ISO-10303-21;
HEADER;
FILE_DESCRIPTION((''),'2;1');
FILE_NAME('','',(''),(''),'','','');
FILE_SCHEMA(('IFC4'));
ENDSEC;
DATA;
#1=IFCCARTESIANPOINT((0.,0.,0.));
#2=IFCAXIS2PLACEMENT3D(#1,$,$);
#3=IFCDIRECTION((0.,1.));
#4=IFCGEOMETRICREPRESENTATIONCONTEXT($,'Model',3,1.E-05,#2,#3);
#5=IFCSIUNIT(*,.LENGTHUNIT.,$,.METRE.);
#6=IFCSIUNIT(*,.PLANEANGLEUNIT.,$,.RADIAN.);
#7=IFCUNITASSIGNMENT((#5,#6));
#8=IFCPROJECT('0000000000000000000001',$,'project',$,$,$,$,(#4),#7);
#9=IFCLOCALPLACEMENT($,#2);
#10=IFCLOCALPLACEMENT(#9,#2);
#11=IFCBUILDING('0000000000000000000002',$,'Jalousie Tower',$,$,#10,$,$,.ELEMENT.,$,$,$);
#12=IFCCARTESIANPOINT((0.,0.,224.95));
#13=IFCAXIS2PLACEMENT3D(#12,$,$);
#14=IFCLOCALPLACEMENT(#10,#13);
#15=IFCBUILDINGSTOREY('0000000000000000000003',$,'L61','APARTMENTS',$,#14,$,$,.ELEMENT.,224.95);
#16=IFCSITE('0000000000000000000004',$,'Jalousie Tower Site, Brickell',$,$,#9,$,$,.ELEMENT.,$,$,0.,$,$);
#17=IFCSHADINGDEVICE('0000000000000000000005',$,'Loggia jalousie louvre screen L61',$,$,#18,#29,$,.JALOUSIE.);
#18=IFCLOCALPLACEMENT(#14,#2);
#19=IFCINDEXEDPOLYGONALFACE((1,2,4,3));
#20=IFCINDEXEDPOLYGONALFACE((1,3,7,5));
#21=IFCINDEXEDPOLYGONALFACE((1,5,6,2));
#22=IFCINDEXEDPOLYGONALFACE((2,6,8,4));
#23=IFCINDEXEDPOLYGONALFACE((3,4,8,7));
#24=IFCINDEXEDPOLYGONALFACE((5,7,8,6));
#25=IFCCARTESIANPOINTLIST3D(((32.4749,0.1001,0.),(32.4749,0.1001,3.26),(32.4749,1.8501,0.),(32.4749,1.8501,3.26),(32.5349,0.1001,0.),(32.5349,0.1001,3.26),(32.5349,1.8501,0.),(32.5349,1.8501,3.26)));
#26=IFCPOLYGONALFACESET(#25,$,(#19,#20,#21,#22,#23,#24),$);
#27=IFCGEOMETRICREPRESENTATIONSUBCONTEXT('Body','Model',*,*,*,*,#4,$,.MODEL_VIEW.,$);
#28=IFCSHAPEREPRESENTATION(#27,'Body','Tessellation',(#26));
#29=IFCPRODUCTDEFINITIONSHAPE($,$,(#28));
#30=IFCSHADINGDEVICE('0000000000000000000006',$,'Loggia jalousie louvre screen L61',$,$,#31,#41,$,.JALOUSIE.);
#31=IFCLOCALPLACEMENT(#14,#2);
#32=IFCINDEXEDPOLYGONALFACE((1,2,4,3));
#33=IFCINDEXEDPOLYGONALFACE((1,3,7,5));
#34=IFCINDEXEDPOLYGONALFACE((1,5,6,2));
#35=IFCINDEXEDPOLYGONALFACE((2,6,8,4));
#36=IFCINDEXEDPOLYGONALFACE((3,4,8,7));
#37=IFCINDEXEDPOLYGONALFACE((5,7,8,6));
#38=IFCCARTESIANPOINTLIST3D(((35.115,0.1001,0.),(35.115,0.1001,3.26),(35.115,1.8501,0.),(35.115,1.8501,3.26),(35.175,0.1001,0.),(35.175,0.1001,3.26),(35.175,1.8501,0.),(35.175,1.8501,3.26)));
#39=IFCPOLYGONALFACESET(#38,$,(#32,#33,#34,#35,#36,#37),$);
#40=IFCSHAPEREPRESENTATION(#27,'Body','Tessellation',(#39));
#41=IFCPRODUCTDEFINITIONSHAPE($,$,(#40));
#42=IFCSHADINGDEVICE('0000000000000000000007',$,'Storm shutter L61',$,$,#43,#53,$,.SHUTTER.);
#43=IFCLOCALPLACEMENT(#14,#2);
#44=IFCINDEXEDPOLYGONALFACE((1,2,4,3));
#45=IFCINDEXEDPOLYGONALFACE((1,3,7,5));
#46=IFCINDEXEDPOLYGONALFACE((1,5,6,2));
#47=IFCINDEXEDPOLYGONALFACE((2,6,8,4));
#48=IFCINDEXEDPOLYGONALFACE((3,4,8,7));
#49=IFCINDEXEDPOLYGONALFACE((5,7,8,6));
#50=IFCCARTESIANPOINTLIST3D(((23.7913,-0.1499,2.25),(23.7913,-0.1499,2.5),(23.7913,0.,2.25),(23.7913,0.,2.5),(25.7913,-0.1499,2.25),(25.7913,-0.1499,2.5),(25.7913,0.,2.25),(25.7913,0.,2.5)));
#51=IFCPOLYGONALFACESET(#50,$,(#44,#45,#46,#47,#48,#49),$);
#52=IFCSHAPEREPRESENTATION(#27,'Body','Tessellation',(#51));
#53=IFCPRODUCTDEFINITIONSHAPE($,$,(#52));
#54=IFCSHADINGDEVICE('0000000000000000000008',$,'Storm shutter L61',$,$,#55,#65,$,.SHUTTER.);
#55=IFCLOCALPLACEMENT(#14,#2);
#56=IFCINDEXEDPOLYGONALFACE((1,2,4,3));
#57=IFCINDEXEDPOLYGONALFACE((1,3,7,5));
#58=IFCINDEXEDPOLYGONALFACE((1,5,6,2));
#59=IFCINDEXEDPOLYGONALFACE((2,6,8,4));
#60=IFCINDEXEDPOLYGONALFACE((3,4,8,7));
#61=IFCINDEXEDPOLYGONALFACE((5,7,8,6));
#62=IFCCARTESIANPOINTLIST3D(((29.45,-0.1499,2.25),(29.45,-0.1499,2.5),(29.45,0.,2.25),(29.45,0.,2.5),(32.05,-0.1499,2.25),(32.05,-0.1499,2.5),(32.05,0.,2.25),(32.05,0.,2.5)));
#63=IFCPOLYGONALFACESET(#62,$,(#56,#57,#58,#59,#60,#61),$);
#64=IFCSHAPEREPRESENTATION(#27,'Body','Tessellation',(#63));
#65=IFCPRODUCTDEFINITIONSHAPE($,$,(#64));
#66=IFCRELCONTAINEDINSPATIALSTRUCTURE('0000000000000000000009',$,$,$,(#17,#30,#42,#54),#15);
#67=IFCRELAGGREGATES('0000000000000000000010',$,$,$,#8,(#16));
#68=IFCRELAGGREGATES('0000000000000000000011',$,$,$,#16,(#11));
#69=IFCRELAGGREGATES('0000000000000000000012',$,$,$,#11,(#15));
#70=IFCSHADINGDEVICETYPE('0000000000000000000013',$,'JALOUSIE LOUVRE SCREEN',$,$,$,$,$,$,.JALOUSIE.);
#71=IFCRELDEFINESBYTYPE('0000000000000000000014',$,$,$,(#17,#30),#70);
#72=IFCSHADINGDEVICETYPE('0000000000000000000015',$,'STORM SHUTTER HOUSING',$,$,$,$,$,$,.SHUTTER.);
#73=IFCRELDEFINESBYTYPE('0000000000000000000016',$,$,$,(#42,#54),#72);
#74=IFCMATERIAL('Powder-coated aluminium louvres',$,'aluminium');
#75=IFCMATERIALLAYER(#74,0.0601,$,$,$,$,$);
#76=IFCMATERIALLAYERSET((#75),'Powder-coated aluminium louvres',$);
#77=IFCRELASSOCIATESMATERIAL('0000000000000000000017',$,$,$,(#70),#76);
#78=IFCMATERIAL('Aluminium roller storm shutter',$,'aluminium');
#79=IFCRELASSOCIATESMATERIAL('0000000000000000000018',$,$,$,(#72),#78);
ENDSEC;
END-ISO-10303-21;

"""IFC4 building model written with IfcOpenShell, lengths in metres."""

from ifc_helpers import new_model, si_unit, direction, frame, origin, origin_2d, place, context, subcontext, project, spatial, rectangle, extrude, material, layer, layer_set, type_object, element, save


model = new_model("IFC4")

# Units and contexts
model_context = context("Model", 3, precision=1e-05, world=origin(), true_north=direction((0.0, 1.0)))
body_context = subcontext(model_context, "Body", "Model", "MODEL_VIEW")
ifc_project = project(units=[si_unit("LENGTHUNIT", "METRE"), si_unit("PLANEANGLEUNIT", "RADIAN")], contexts=[model_context])

# Site, building, storey
site_placement = place(None, origin())
site = spatial("IfcSite", under=ifc_project, at=site_placement, Name="Jalousie Tower Site, Brickell", CompositionType="ELEMENT", RefElevation=0.0)
building_placement = place(site_placement, origin())
building = spatial("IfcBuilding", under=site, at=building_placement, Name="Jalousie Tower", CompositionType="ELEMENT")
storey_placement = place(building_placement, frame((0.0, 0.0, 224.95)))
storey = spatial("IfcBuildingStorey", under=building, at=storey_placement, Name="L61", Description="APARTMENTS", CompositionType="ELEMENT", Elevation=224.95)

# Shading devices
ifc_material_1 = material(Name="Powder-coated aluminium louvres", Category="aluminium")
ifc_layer_1 = layer(ifc_material_1, 0.0601)
ifc_layer_set_1 = layer_set([ifc_layer_1], Name="Powder-coated aluminium louvres")
shading_device_type_1 = type_object("IfcShadingDeviceType", Name="JALOUSIE LOUVRE SCREEN", PredefinedType="JALOUSIE", material=ifc_layer_set_1)
for number, where, z_axis, x_axis, name in (
    (1, (32.5049, 0.9751, 0.0), (0.0, 0.0, 1.0), (1.0, 0.0, 0.0), "Loggia jalousie louvre screen L61"),
    (2, (35.145, 0.9751, 0.0), (0.0, 0.0, 1.0), (1.0, 0.0, 0.0), "Loggia jalousie louvre screen L61"),
):
    element("IfcShadingDevice", number, at=place(storey_placement, frame(where, z_axis=z_axis, x_axis=x_axis)), inside=storey, type_object=shading_device_type_1, Name=name, PredefinedType="JALOUSIE", context=body_context, shape_type="SweptSolid", body=[
        extrude(rectangle(XDim=0.0601, YDim=1.75, at=origin_2d()), origin(), (0.0, 0.0, 1.0), 3.26),
    ])
ifc_material_2 = material(Name="Aluminium roller storm shutter", Category="aluminium")
shading_device_type_2 = type_object("IfcShadingDeviceType", Name="STORM SHUTTER HOUSING", PredefinedType="SHUTTER", material=ifc_material_2)
shading_device_1_placement = place(storey_placement, frame((24.7913, -0.075, 2.25), z_axis=(0.0, 0.0, 1.0), x_axis=(1.0, 0.0, 0.0)))
element("IfcShadingDevice", 3, at=shading_device_1_placement, inside=storey, type_object=shading_device_type_2, Name="Storm shutter L61", PredefinedType="SHUTTER", context=body_context, shape_type="SweptSolid", body=[
    extrude(rectangle(XDim=2.0, YDim=0.1499, at=origin_2d()), origin(), (0.0, 0.0, 1.0), 0.25),
])
shading_device_2_placement = place(storey_placement, frame((30.75, -0.075, 2.25), z_axis=(0.0, 0.0, 1.0), x_axis=(1.0, 0.0, 0.0)))
element("IfcShadingDevice", 4, at=shading_device_2_placement, inside=storey, type_object=shading_device_type_2, Name="Storm shutter L61", PredefinedType="SHUTTER", context=body_context, shape_type="SweptSolid", body=[
    extrude(rectangle(XDim=2.6001, YDim=0.1499, at=origin_2d()), origin(), (0.0, 0.0, 1.0), 0.25),
])

save(model, "model.ifc")
